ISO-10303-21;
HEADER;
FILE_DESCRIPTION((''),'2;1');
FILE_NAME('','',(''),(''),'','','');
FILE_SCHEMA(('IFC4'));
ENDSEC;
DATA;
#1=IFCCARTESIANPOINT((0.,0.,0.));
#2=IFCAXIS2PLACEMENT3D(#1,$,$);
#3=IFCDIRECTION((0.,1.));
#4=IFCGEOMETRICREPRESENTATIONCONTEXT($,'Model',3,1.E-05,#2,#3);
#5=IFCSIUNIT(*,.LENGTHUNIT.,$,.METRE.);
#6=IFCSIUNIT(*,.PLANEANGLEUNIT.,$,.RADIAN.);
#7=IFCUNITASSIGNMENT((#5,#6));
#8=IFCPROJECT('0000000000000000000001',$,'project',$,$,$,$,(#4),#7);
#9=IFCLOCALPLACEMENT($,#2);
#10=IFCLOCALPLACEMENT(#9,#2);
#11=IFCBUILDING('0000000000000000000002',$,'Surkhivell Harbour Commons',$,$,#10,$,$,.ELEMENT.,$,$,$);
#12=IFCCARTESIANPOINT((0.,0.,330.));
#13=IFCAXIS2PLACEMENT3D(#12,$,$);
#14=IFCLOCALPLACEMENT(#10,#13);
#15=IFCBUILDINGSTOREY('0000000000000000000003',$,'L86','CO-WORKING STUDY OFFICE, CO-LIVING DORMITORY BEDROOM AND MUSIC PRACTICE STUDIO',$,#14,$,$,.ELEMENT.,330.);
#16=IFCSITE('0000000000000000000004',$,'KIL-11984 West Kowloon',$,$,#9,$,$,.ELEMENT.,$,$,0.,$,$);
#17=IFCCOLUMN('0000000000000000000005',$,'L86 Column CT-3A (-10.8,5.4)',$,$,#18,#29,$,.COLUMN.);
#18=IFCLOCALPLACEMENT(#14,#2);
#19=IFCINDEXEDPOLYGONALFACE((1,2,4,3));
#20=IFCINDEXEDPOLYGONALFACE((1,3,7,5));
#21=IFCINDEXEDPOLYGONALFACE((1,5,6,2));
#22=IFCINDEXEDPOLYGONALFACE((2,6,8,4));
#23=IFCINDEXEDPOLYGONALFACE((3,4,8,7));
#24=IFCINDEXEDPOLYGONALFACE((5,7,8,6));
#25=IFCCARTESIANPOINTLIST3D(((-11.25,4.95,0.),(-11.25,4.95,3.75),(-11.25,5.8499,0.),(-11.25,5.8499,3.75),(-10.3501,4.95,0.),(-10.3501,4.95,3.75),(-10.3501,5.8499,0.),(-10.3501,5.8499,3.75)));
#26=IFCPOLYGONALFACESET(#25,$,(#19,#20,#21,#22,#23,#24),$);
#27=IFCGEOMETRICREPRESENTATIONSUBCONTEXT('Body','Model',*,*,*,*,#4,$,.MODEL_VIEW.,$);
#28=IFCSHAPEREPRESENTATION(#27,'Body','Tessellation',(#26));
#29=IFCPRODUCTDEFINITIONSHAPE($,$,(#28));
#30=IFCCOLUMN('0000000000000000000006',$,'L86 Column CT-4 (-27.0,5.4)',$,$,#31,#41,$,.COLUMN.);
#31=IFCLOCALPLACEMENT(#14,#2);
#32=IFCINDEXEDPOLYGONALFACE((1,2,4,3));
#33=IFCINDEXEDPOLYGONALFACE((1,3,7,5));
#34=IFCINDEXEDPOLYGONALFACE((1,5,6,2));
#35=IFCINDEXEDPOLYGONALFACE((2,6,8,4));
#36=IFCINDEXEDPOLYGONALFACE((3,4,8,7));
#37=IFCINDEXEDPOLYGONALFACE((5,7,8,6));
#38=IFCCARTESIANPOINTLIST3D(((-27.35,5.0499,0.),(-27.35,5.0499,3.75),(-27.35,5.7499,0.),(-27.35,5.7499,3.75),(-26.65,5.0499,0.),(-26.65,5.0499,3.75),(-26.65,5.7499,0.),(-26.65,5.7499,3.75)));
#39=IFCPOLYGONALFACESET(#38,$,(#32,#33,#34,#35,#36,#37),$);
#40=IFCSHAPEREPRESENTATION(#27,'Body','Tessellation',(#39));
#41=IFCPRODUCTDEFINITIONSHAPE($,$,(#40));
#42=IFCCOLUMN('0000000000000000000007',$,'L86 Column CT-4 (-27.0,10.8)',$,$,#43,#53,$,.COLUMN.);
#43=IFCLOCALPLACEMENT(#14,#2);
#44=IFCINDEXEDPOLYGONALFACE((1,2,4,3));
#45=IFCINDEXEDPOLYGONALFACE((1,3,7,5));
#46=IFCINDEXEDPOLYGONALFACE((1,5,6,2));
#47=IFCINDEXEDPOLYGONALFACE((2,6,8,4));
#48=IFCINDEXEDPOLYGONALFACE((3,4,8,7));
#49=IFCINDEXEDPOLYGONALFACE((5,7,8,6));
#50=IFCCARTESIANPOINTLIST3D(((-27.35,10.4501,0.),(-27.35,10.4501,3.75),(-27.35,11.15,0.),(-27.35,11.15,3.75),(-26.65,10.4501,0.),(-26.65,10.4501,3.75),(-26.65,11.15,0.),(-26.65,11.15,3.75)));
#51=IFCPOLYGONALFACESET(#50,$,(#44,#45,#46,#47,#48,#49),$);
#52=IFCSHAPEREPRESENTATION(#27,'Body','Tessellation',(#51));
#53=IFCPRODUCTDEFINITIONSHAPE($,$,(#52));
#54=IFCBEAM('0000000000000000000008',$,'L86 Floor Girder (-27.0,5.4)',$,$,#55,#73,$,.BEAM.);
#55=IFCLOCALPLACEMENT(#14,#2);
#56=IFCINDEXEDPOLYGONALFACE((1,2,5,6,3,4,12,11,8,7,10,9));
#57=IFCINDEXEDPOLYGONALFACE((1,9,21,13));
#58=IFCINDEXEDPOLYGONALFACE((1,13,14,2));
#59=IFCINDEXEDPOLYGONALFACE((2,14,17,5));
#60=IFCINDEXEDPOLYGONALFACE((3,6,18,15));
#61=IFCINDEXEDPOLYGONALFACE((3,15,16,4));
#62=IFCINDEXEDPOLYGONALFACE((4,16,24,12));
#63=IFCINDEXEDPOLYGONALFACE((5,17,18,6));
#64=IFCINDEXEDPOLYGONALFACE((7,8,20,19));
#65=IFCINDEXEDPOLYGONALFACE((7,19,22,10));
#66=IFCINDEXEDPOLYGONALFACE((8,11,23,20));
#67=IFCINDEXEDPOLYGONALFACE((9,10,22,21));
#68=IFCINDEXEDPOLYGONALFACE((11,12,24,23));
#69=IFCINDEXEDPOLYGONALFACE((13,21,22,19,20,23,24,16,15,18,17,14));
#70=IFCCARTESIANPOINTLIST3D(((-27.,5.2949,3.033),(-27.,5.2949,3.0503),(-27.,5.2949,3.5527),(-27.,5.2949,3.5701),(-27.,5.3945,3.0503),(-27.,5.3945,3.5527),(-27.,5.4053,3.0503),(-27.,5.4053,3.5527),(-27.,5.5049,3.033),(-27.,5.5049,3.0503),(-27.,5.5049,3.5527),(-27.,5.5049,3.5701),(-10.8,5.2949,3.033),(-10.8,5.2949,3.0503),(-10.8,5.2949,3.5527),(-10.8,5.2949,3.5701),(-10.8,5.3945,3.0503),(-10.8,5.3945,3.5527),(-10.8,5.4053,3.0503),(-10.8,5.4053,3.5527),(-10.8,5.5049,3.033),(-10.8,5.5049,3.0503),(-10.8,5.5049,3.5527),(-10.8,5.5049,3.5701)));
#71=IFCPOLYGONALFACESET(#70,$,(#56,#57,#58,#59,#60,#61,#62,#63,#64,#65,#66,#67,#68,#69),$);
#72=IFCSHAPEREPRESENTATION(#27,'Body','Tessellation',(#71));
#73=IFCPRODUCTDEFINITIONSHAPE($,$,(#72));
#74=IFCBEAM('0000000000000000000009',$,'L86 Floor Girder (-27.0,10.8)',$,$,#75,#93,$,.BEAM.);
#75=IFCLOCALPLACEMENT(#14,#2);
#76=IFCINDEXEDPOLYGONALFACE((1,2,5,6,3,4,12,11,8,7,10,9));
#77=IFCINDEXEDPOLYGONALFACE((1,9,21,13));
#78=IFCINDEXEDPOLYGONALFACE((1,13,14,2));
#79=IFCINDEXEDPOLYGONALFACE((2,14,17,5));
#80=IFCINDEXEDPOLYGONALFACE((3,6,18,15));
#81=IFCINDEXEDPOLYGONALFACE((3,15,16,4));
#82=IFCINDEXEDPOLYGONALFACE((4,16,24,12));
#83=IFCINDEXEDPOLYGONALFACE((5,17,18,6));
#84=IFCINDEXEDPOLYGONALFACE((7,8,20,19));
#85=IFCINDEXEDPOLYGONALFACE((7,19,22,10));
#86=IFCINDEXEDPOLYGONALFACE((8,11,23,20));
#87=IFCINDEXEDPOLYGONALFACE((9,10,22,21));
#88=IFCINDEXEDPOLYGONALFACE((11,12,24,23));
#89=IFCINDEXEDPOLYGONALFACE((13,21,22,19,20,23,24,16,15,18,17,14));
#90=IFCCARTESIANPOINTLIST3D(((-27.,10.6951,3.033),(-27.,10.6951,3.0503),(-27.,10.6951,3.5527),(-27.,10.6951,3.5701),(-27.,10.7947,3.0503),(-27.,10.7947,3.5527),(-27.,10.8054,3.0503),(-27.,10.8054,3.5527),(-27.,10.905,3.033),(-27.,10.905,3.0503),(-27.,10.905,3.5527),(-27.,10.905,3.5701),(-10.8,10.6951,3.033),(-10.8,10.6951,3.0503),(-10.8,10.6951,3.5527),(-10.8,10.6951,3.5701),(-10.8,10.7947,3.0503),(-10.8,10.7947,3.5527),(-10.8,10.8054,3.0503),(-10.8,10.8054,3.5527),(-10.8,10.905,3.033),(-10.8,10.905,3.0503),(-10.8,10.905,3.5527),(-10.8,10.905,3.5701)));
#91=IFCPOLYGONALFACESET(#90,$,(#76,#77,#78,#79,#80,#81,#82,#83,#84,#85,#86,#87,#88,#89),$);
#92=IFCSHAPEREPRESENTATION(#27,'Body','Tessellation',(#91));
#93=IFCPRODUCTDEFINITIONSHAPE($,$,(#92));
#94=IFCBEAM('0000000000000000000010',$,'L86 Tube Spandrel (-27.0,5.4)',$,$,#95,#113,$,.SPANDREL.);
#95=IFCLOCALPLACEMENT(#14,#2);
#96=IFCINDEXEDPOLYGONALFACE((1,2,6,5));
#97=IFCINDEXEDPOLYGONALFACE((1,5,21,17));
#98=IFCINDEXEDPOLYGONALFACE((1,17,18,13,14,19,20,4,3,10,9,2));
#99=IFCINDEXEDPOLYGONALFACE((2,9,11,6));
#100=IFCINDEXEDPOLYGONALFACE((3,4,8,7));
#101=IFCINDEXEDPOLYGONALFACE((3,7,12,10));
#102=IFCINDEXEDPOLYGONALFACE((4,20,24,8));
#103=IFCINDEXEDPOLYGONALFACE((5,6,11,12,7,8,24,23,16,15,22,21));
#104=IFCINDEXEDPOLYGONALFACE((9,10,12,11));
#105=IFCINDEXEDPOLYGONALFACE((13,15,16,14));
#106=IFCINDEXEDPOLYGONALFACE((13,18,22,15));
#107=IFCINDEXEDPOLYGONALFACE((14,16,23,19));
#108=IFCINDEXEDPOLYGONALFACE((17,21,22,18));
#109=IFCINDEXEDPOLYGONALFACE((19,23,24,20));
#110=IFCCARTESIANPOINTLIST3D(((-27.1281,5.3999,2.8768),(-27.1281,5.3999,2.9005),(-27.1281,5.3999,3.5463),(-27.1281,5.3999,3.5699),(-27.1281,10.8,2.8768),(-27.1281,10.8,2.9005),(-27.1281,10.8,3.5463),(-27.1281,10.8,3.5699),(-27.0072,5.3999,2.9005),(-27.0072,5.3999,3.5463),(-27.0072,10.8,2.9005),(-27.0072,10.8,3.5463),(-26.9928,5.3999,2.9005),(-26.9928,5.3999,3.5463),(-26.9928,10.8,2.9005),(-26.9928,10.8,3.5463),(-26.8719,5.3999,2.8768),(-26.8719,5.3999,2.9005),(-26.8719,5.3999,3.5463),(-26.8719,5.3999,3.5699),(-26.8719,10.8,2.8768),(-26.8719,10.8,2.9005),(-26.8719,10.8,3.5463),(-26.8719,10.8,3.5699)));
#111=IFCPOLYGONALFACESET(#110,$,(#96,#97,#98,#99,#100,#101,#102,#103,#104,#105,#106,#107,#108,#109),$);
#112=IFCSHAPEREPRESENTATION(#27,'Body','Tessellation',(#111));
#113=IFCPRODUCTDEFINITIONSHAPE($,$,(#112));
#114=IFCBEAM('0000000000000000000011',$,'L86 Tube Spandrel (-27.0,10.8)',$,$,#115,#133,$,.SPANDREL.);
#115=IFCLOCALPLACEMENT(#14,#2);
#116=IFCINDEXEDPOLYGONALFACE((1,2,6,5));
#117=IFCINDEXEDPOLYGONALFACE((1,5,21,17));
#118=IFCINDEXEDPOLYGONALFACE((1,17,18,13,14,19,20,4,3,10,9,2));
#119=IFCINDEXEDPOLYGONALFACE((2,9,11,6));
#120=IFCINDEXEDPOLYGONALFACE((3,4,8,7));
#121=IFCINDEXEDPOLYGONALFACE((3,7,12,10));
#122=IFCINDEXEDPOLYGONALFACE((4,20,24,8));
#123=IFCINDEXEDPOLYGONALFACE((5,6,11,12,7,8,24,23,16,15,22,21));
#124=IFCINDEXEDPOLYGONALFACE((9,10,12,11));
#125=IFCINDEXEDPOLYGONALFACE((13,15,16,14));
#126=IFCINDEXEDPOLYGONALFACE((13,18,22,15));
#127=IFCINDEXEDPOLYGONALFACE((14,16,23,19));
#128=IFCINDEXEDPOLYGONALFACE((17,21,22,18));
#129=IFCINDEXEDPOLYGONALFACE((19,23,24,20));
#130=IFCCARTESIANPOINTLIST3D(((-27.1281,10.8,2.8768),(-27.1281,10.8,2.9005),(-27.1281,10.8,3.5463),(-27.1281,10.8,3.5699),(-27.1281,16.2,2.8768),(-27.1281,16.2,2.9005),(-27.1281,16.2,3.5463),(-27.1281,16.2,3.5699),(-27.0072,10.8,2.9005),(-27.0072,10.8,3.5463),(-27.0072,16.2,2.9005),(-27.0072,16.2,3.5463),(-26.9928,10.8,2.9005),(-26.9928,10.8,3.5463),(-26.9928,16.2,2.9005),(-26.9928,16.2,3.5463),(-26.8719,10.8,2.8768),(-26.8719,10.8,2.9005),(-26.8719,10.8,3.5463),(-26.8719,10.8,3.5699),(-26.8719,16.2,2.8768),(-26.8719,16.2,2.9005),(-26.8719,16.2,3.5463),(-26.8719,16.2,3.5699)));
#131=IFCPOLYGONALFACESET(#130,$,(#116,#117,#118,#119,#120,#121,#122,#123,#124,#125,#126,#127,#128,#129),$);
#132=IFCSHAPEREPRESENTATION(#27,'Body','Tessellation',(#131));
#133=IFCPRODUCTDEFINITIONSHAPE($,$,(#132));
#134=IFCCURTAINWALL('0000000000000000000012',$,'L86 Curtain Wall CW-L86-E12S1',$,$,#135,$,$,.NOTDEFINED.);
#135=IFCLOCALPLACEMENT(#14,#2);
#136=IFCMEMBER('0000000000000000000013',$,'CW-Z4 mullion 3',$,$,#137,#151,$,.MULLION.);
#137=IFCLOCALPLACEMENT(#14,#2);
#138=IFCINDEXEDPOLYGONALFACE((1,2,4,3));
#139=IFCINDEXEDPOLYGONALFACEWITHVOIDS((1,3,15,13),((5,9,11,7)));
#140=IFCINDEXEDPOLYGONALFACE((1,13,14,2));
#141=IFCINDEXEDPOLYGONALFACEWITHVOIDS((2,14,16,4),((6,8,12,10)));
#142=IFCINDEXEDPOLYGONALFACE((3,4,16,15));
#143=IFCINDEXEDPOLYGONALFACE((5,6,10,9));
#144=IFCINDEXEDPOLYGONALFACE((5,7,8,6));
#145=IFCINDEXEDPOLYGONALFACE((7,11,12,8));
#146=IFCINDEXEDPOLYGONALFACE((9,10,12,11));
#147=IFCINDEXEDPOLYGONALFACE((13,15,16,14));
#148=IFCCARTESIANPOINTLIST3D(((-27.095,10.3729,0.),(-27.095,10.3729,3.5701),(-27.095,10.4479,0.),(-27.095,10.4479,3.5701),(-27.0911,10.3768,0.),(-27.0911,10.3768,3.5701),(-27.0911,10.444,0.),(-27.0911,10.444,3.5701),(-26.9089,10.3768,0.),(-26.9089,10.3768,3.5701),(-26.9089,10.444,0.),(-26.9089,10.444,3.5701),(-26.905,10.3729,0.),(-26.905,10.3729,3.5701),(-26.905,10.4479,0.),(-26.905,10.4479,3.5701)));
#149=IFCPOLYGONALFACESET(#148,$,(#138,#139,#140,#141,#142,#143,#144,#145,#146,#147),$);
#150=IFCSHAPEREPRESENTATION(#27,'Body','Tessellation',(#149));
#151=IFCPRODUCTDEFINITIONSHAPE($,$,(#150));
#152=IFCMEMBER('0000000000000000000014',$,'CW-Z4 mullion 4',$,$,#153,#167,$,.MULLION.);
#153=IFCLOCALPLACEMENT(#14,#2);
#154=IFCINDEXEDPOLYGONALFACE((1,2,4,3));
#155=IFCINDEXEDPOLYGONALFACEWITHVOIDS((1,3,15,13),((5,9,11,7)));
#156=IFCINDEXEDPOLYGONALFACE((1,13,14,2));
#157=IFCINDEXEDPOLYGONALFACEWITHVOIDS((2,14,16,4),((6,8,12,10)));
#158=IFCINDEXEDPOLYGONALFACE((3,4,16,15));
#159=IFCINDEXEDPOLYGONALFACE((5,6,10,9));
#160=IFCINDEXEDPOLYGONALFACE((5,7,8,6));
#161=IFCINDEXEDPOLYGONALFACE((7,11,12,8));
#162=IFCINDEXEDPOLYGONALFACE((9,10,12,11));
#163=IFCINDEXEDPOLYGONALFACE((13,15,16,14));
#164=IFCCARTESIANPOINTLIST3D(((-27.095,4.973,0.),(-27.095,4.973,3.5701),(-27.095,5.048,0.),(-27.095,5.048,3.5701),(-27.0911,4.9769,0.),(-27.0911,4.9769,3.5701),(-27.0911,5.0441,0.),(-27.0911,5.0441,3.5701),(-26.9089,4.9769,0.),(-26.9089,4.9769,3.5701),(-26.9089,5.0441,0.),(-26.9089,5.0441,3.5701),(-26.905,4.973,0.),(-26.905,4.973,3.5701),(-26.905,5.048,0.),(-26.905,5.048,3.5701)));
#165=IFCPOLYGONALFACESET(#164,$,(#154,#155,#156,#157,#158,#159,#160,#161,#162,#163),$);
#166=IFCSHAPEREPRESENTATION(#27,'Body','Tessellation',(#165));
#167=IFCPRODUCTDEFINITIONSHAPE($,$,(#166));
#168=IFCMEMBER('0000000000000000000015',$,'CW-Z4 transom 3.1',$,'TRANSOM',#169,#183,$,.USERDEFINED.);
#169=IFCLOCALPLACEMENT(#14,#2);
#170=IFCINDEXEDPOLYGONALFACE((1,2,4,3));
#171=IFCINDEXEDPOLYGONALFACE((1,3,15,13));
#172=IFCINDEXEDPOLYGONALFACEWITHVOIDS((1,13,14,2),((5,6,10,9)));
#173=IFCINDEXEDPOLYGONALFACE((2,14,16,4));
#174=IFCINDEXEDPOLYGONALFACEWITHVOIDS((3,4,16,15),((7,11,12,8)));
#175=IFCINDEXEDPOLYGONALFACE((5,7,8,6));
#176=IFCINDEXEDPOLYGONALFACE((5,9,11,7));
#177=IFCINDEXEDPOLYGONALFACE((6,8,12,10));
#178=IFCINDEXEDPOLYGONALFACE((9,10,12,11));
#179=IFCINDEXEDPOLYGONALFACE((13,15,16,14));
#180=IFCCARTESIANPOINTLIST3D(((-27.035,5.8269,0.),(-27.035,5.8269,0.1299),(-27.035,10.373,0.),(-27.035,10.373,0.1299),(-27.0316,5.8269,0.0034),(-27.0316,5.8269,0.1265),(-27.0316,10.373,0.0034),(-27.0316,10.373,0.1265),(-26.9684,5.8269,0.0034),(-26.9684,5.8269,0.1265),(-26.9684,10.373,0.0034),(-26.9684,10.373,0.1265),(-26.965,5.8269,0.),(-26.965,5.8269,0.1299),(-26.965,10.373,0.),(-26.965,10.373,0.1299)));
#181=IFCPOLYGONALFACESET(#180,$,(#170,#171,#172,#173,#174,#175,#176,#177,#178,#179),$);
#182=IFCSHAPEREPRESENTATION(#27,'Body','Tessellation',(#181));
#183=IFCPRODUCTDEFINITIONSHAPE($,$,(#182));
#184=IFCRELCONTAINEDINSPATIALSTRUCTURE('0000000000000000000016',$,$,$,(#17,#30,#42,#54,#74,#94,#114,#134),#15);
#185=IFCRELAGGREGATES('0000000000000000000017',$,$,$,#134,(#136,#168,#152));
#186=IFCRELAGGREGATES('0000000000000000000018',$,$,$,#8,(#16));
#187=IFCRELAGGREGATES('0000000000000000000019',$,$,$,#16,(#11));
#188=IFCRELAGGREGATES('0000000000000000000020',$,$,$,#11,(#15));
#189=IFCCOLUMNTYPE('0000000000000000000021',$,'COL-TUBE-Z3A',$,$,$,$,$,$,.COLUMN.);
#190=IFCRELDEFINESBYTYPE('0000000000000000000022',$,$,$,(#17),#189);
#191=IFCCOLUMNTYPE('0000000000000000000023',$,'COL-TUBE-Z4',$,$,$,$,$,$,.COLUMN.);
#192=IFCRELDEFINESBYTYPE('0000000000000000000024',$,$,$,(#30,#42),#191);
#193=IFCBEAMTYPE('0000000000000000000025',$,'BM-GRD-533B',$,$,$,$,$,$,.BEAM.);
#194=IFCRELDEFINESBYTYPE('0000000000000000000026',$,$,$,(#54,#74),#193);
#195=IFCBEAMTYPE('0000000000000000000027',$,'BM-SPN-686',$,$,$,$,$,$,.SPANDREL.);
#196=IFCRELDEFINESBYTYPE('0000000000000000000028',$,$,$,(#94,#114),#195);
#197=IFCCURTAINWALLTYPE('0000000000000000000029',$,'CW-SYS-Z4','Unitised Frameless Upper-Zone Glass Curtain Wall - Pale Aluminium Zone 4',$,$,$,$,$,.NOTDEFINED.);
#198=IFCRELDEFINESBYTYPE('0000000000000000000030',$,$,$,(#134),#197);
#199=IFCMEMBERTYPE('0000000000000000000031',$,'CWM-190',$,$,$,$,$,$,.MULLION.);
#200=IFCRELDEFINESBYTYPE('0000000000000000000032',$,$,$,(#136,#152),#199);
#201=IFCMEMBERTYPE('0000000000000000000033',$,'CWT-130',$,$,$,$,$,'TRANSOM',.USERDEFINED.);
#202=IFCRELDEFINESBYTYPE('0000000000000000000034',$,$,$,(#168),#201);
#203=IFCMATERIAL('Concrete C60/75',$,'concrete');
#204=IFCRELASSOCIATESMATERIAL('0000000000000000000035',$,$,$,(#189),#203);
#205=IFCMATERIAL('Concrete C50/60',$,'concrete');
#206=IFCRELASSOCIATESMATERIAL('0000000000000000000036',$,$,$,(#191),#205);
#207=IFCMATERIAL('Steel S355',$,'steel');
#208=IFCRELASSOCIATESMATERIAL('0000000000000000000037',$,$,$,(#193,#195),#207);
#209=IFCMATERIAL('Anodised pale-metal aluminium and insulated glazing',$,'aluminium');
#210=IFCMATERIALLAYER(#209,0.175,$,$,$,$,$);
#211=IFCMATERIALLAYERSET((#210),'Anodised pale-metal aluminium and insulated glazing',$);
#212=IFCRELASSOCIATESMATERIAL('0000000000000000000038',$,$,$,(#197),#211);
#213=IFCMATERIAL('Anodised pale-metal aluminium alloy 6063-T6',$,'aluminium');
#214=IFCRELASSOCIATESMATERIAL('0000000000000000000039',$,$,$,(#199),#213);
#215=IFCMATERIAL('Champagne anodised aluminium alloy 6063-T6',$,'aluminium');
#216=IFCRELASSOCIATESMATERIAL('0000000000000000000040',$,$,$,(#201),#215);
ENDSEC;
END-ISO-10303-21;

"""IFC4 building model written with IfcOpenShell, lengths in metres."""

from ifc_helpers import new_model, si_unit, direction, frame, origin, origin_2d, place, context, subcontext, project, spatial, rectangle, hollow_rectangle, i_section, extrude, material, layer, layer_set, material_profile, profile_set, type_object, element, aggregate, save


model = new_model("IFC4")

# Units and contexts
model_context = context("Model", 3, precision=1e-05, world=origin(), true_north=direction((0.0, 1.0)))
body_context = subcontext(model_context, "Body", "Model", "MODEL_VIEW")
ifc_project = project(units=[si_unit("LENGTHUNIT", "METRE"), si_unit("PLANEANGLEUNIT", "RADIAN")], contexts=[model_context])

# Site, building, storey
site_placement = place(None, origin())
site = spatial("IfcSite", under=ifc_project, at=site_placement, Name="KIL-11984 West Kowloon", CompositionType="ELEMENT", RefElevation=0.0)
building_placement = place(site_placement, origin())
building = spatial("IfcBuilding", under=site, at=building_placement, Name="Surkhivell Harbour Commons", CompositionType="ELEMENT")
storey_placement = place(building_placement, frame((0.0, 0.0, 330.0)))
storey = spatial("IfcBuildingStorey", under=building, at=storey_placement, Name="L86", Description="CO-WORKING STUDY OFFICE, CO-LIVING DORMITORY BEDROOM AND MUSIC PRACTICE STUDIO", CompositionType="ELEMENT", Elevation=330.0)

# Columns
ifc_material_1 = material(Name="Concrete C60/75", Category="concrete")
ifc_material_profile_1 = material_profile(ifc_material_1, rectangle(XDim=0.8999, YDim=0.8999, at=origin_2d()), Name="RC-COL-900x900")
ifc_profile_set_1 = profile_set([ifc_material_profile_1], Name="Concrete C60/75")
column_type_1 = type_object("IfcColumnType", Name="COL-TUBE-Z3A", PredefinedType="COLUMN", material=ifc_profile_set_1)
column_placement = place(storey_placement, frame((-10.8, 5.3999, 0.0), z_axis=(0.0, 0.0, 1.0), x_axis=(1.0, 0.0, 0.0)))
element("IfcColumn", 1, at=column_placement, inside=storey, type_object=column_type_1, Name="L86 Column CT-3A (-10.8,5.4)", PredefinedType="COLUMN", context=body_context, shape_type="SweptSolid", body=[
    extrude(rectangle(XDim=0.8999, YDim=0.8999, at=origin_2d()), origin(), (0.0, 0.0, 1.0), 3.75),
])
ifc_material_2 = material(Name="Concrete C50/60", Category="concrete")
ifc_material_profile_2 = material_profile(ifc_material_2, rectangle(XDim=0.7, YDim=0.7, at=origin_2d()), Name="RC-COL-700x700")
ifc_profile_set_2 = profile_set([ifc_material_profile_2], Name="Concrete C50/60")
column_type_2 = type_object("IfcColumnType", Name="COL-TUBE-Z4", PredefinedType="COLUMN", material=ifc_profile_set_2)
for number, where, z_axis, x_axis, name in (
    (2, (-27.0, 5.3999, 0.0), (0.0, 0.0, 1.0), (1.0, 0.0, 0.0), "L86 Column CT-4 (-27.0,5.4)"),
    (3, (-27.0, 10.8, 0.0), (0.0, 0.0, 1.0), (1.0, 0.0, 0.0), "L86 Column CT-4 (-27.0,10.8)"),
):
    element("IfcColumn", number, at=place(storey_placement, frame(where, z_axis=z_axis, x_axis=x_axis)), inside=storey, type_object=column_type_2, Name=name, PredefinedType="COLUMN", context=body_context, shape_type="SweptSolid", body=[
        extrude(rectangle(XDim=0.7, YDim=0.7, at=origin_2d()), origin(), (0.0, 0.0, 1.0), 3.75),
    ])

# Beams
ifc_material_3 = material(Name="Steel S355", Category="steel")
ifc_material_profile_3 = material_profile(ifc_material_3, i_section(OverallWidth=0.21, OverallDepth=0.5371, WebThickness=0.0107, FlangeThickness=0.0173, at=origin_2d()), Name="UB533x210x101")
ifc_profile_set_3 = profile_set([ifc_material_profile_3], Name="Steel S355")
beam_type_1 = type_object("IfcBeamType", Name="BM-GRD-533B", PredefinedType="BEAM", material=ifc_profile_set_3)
for number, where, z_axis, x_axis, name in (
    (4, (-27.0, 5.3999, 3.3015), (1.0, 0.0, 0.0), (0.0, 1.0, 0.0), "L86 Floor Girder (-27.0,5.4)"),
    (5, (-27.0, 10.8, 3.3015), (1.0, 0.0, 0.0), (0.0, 1.0, 0.0), "L86 Floor Girder (-27.0,10.8)"),
):
    element("IfcBeam", number, at=place(storey_placement, frame(where, z_axis=z_axis, x_axis=x_axis)), inside=storey, type_object=beam_type_1, Name=name, PredefinedType="BEAM", context=body_context, shape_type="SweptSolid", body=[
        extrude(i_section(OverallWidth=0.21, OverallDepth=0.5371, WebThickness=0.0107, FlangeThickness=0.0173, at=origin_2d()), origin(), (0.0, 0.0, 1.0), 16.2),
    ])
ifc_material_profile_4 = material_profile(ifc_material_3, i_section(OverallWidth=0.2561, OverallDepth=0.6931, WebThickness=0.0144, FlangeThickness=0.0237, at=origin_2d()), Name="UB686x254x170")
ifc_profile_set_4 = profile_set([ifc_material_profile_4], Name="Steel S355")
beam_type_2 = type_object("IfcBeamType", Name="BM-SPN-686", PredefinedType="SPANDREL", material=ifc_profile_set_4)
beam_1_placement = place(storey_placement, frame((-27.0, 5.3999, 3.2234), z_axis=(0.0, 1.0, 0.0), x_axis=(-1.0, 0.0, 0.0)))
element("IfcBeam", 6, at=beam_1_placement, inside=storey, type_object=beam_type_2, Name="L86 Tube Spandrel (-27.0,5.4)", PredefinedType="SPANDREL", context=body_context, shape_type="SweptSolid", body=[
    extrude(i_section(OverallWidth=0.2561, OverallDepth=0.6931, WebThickness=0.0144, FlangeThickness=0.0237, at=origin_2d()), origin(), (0.0, 0.0, 1.0), 5.4001),
])
beam_2_placement = place(storey_placement, frame((-27.0, 10.8, 3.2234), z_axis=(0.0, 1.0, 0.0), x_axis=(-1.0, 0.0, 0.0)))
element("IfcBeam", 7, at=beam_2_placement, inside=storey, type_object=beam_type_2, Name="L86 Tube Spandrel (-27.0,10.8)", PredefinedType="SPANDREL", context=body_context, shape_type="SweptSolid", body=[
    extrude(i_section(OverallWidth=0.2561, OverallDepth=0.6931, WebThickness=0.0144, FlangeThickness=0.0237, at=origin_2d()), origin(), (0.0, 0.0, 1.0), 5.3999),
])

# Curtain wall, members
ifc_material_4 = material(Name="Anodised pale-metal aluminium and insulated glazing", Category="aluminium")
ifc_layer_1 = layer(ifc_material_4, 0.175)
ifc_layer_set_1 = layer_set([ifc_layer_1], Name="Anodised pale-metal aluminium and insulated glazing")
curtain_wall_type = type_object("IfcCurtainWallType", Name="CW-SYS-Z4", Description="Unitised Frameless Upper-Zone Glass Curtain Wall - Pale Aluminium Zone 4", PredefinedType="NOTDEFINED", material=ifc_layer_set_1)
curtain_wall_placement = place(storey_placement, origin())
curtain_wall = element("IfcCurtainWall", 8, at=curtain_wall_placement, inside=storey, type_object=curtain_wall_type, Name="L86 Curtain Wall CW-L86-E12S1", PredefinedType="NOTDEFINED")
ifc_material_5 = material(Name="Anodised pale-metal aluminium alloy 6063-T6", Category="aluminium")
ifc_material_profile_5 = material_profile(ifc_material_5, hollow_rectangle(XDim=0.075, YDim=0.1899, WallThickness=0.0039, at=origin_2d()), Name="ALU-MULL-75x190")
ifc_profile_set_5 = profile_set([ifc_material_profile_5], Name="Anodised pale-metal aluminium alloy 6063-T6")
member_type_1 = type_object("IfcMemberType", Name="CWM-190", PredefinedType="MULLION", material=ifc_profile_set_5)
member_1_placement = place(storey_placement, frame((-27.0, 10.4104, 0.0), z_axis=(0.0, 0.0, 1.0), x_axis=(0.0, -1.0, 0.0)))
member_1 = element("IfcMember", 9, at=member_1_placement, type_object=member_type_1, Name="CW-Z4 mullion 3", PredefinedType="MULLION", context=body_context, shape_type="SweptSolid", body=[
    extrude(hollow_rectangle(XDim=0.075, YDim=0.1899, WallThickness=0.0039, at=origin_2d()), origin(), (0.0, 0.0, 1.0), 3.5701),
])
member_2_placement = place(storey_placement, frame((-27.0, 5.0105, 0.0), z_axis=(0.0, 0.0, 1.0), x_axis=(0.0, -1.0, 0.0)))
member_2 = element("IfcMember", 10, at=member_2_placement, type_object=member_type_1, Name="CW-Z4 mullion 4", PredefinedType="MULLION", context=body_context, shape_type="SweptSolid", body=[
    extrude(hollow_rectangle(XDim=0.075, YDim=0.1899, WallThickness=0.0039, at=origin_2d()), origin(), (0.0, 0.0, 1.0), 3.5701),
])
ifc_material_6 = material(Name="Champagne anodised aluminium alloy 6063-T6", Category="aluminium")
ifc_material_profile_6 = material_profile(ifc_material_6, hollow_rectangle(XDim=0.0701, YDim=0.1299, WallThickness=0.0034, at=origin_2d()), Name="ALU-TRAN-70x130")
ifc_profile_set_6 = profile_set([ifc_material_profile_6], Name="Champagne anodised aluminium alloy 6063-T6")
member_type_2 = type_object("IfcMemberType", Name="CWT-130", ElementType="TRANSOM", PredefinedType="USERDEFINED", material=ifc_profile_set_6)
member_3_placement = place(storey_placement, frame((-27.0, 10.373, 0.0649), z_axis=(0.0, -1.0, 0.0), x_axis=(1.0, 0.0, 0.0)))
member_3 = element("IfcMember", 11, at=member_3_placement, type_object=member_type_2, Name="CW-Z4 transom 3.1", ObjectType="TRANSOM", PredefinedType="USERDEFINED", context=body_context, shape_type="SweptSolid", body=[
    extrude(hollow_rectangle(XDim=0.0701, YDim=0.1299, WallThickness=0.0034, at=origin_2d()), origin(), (0.0, 0.0, 1.0), 4.5461),
])
aggregate(curtain_wall, [member_1, member_3, member_2])

save(model, "model.ifc")
